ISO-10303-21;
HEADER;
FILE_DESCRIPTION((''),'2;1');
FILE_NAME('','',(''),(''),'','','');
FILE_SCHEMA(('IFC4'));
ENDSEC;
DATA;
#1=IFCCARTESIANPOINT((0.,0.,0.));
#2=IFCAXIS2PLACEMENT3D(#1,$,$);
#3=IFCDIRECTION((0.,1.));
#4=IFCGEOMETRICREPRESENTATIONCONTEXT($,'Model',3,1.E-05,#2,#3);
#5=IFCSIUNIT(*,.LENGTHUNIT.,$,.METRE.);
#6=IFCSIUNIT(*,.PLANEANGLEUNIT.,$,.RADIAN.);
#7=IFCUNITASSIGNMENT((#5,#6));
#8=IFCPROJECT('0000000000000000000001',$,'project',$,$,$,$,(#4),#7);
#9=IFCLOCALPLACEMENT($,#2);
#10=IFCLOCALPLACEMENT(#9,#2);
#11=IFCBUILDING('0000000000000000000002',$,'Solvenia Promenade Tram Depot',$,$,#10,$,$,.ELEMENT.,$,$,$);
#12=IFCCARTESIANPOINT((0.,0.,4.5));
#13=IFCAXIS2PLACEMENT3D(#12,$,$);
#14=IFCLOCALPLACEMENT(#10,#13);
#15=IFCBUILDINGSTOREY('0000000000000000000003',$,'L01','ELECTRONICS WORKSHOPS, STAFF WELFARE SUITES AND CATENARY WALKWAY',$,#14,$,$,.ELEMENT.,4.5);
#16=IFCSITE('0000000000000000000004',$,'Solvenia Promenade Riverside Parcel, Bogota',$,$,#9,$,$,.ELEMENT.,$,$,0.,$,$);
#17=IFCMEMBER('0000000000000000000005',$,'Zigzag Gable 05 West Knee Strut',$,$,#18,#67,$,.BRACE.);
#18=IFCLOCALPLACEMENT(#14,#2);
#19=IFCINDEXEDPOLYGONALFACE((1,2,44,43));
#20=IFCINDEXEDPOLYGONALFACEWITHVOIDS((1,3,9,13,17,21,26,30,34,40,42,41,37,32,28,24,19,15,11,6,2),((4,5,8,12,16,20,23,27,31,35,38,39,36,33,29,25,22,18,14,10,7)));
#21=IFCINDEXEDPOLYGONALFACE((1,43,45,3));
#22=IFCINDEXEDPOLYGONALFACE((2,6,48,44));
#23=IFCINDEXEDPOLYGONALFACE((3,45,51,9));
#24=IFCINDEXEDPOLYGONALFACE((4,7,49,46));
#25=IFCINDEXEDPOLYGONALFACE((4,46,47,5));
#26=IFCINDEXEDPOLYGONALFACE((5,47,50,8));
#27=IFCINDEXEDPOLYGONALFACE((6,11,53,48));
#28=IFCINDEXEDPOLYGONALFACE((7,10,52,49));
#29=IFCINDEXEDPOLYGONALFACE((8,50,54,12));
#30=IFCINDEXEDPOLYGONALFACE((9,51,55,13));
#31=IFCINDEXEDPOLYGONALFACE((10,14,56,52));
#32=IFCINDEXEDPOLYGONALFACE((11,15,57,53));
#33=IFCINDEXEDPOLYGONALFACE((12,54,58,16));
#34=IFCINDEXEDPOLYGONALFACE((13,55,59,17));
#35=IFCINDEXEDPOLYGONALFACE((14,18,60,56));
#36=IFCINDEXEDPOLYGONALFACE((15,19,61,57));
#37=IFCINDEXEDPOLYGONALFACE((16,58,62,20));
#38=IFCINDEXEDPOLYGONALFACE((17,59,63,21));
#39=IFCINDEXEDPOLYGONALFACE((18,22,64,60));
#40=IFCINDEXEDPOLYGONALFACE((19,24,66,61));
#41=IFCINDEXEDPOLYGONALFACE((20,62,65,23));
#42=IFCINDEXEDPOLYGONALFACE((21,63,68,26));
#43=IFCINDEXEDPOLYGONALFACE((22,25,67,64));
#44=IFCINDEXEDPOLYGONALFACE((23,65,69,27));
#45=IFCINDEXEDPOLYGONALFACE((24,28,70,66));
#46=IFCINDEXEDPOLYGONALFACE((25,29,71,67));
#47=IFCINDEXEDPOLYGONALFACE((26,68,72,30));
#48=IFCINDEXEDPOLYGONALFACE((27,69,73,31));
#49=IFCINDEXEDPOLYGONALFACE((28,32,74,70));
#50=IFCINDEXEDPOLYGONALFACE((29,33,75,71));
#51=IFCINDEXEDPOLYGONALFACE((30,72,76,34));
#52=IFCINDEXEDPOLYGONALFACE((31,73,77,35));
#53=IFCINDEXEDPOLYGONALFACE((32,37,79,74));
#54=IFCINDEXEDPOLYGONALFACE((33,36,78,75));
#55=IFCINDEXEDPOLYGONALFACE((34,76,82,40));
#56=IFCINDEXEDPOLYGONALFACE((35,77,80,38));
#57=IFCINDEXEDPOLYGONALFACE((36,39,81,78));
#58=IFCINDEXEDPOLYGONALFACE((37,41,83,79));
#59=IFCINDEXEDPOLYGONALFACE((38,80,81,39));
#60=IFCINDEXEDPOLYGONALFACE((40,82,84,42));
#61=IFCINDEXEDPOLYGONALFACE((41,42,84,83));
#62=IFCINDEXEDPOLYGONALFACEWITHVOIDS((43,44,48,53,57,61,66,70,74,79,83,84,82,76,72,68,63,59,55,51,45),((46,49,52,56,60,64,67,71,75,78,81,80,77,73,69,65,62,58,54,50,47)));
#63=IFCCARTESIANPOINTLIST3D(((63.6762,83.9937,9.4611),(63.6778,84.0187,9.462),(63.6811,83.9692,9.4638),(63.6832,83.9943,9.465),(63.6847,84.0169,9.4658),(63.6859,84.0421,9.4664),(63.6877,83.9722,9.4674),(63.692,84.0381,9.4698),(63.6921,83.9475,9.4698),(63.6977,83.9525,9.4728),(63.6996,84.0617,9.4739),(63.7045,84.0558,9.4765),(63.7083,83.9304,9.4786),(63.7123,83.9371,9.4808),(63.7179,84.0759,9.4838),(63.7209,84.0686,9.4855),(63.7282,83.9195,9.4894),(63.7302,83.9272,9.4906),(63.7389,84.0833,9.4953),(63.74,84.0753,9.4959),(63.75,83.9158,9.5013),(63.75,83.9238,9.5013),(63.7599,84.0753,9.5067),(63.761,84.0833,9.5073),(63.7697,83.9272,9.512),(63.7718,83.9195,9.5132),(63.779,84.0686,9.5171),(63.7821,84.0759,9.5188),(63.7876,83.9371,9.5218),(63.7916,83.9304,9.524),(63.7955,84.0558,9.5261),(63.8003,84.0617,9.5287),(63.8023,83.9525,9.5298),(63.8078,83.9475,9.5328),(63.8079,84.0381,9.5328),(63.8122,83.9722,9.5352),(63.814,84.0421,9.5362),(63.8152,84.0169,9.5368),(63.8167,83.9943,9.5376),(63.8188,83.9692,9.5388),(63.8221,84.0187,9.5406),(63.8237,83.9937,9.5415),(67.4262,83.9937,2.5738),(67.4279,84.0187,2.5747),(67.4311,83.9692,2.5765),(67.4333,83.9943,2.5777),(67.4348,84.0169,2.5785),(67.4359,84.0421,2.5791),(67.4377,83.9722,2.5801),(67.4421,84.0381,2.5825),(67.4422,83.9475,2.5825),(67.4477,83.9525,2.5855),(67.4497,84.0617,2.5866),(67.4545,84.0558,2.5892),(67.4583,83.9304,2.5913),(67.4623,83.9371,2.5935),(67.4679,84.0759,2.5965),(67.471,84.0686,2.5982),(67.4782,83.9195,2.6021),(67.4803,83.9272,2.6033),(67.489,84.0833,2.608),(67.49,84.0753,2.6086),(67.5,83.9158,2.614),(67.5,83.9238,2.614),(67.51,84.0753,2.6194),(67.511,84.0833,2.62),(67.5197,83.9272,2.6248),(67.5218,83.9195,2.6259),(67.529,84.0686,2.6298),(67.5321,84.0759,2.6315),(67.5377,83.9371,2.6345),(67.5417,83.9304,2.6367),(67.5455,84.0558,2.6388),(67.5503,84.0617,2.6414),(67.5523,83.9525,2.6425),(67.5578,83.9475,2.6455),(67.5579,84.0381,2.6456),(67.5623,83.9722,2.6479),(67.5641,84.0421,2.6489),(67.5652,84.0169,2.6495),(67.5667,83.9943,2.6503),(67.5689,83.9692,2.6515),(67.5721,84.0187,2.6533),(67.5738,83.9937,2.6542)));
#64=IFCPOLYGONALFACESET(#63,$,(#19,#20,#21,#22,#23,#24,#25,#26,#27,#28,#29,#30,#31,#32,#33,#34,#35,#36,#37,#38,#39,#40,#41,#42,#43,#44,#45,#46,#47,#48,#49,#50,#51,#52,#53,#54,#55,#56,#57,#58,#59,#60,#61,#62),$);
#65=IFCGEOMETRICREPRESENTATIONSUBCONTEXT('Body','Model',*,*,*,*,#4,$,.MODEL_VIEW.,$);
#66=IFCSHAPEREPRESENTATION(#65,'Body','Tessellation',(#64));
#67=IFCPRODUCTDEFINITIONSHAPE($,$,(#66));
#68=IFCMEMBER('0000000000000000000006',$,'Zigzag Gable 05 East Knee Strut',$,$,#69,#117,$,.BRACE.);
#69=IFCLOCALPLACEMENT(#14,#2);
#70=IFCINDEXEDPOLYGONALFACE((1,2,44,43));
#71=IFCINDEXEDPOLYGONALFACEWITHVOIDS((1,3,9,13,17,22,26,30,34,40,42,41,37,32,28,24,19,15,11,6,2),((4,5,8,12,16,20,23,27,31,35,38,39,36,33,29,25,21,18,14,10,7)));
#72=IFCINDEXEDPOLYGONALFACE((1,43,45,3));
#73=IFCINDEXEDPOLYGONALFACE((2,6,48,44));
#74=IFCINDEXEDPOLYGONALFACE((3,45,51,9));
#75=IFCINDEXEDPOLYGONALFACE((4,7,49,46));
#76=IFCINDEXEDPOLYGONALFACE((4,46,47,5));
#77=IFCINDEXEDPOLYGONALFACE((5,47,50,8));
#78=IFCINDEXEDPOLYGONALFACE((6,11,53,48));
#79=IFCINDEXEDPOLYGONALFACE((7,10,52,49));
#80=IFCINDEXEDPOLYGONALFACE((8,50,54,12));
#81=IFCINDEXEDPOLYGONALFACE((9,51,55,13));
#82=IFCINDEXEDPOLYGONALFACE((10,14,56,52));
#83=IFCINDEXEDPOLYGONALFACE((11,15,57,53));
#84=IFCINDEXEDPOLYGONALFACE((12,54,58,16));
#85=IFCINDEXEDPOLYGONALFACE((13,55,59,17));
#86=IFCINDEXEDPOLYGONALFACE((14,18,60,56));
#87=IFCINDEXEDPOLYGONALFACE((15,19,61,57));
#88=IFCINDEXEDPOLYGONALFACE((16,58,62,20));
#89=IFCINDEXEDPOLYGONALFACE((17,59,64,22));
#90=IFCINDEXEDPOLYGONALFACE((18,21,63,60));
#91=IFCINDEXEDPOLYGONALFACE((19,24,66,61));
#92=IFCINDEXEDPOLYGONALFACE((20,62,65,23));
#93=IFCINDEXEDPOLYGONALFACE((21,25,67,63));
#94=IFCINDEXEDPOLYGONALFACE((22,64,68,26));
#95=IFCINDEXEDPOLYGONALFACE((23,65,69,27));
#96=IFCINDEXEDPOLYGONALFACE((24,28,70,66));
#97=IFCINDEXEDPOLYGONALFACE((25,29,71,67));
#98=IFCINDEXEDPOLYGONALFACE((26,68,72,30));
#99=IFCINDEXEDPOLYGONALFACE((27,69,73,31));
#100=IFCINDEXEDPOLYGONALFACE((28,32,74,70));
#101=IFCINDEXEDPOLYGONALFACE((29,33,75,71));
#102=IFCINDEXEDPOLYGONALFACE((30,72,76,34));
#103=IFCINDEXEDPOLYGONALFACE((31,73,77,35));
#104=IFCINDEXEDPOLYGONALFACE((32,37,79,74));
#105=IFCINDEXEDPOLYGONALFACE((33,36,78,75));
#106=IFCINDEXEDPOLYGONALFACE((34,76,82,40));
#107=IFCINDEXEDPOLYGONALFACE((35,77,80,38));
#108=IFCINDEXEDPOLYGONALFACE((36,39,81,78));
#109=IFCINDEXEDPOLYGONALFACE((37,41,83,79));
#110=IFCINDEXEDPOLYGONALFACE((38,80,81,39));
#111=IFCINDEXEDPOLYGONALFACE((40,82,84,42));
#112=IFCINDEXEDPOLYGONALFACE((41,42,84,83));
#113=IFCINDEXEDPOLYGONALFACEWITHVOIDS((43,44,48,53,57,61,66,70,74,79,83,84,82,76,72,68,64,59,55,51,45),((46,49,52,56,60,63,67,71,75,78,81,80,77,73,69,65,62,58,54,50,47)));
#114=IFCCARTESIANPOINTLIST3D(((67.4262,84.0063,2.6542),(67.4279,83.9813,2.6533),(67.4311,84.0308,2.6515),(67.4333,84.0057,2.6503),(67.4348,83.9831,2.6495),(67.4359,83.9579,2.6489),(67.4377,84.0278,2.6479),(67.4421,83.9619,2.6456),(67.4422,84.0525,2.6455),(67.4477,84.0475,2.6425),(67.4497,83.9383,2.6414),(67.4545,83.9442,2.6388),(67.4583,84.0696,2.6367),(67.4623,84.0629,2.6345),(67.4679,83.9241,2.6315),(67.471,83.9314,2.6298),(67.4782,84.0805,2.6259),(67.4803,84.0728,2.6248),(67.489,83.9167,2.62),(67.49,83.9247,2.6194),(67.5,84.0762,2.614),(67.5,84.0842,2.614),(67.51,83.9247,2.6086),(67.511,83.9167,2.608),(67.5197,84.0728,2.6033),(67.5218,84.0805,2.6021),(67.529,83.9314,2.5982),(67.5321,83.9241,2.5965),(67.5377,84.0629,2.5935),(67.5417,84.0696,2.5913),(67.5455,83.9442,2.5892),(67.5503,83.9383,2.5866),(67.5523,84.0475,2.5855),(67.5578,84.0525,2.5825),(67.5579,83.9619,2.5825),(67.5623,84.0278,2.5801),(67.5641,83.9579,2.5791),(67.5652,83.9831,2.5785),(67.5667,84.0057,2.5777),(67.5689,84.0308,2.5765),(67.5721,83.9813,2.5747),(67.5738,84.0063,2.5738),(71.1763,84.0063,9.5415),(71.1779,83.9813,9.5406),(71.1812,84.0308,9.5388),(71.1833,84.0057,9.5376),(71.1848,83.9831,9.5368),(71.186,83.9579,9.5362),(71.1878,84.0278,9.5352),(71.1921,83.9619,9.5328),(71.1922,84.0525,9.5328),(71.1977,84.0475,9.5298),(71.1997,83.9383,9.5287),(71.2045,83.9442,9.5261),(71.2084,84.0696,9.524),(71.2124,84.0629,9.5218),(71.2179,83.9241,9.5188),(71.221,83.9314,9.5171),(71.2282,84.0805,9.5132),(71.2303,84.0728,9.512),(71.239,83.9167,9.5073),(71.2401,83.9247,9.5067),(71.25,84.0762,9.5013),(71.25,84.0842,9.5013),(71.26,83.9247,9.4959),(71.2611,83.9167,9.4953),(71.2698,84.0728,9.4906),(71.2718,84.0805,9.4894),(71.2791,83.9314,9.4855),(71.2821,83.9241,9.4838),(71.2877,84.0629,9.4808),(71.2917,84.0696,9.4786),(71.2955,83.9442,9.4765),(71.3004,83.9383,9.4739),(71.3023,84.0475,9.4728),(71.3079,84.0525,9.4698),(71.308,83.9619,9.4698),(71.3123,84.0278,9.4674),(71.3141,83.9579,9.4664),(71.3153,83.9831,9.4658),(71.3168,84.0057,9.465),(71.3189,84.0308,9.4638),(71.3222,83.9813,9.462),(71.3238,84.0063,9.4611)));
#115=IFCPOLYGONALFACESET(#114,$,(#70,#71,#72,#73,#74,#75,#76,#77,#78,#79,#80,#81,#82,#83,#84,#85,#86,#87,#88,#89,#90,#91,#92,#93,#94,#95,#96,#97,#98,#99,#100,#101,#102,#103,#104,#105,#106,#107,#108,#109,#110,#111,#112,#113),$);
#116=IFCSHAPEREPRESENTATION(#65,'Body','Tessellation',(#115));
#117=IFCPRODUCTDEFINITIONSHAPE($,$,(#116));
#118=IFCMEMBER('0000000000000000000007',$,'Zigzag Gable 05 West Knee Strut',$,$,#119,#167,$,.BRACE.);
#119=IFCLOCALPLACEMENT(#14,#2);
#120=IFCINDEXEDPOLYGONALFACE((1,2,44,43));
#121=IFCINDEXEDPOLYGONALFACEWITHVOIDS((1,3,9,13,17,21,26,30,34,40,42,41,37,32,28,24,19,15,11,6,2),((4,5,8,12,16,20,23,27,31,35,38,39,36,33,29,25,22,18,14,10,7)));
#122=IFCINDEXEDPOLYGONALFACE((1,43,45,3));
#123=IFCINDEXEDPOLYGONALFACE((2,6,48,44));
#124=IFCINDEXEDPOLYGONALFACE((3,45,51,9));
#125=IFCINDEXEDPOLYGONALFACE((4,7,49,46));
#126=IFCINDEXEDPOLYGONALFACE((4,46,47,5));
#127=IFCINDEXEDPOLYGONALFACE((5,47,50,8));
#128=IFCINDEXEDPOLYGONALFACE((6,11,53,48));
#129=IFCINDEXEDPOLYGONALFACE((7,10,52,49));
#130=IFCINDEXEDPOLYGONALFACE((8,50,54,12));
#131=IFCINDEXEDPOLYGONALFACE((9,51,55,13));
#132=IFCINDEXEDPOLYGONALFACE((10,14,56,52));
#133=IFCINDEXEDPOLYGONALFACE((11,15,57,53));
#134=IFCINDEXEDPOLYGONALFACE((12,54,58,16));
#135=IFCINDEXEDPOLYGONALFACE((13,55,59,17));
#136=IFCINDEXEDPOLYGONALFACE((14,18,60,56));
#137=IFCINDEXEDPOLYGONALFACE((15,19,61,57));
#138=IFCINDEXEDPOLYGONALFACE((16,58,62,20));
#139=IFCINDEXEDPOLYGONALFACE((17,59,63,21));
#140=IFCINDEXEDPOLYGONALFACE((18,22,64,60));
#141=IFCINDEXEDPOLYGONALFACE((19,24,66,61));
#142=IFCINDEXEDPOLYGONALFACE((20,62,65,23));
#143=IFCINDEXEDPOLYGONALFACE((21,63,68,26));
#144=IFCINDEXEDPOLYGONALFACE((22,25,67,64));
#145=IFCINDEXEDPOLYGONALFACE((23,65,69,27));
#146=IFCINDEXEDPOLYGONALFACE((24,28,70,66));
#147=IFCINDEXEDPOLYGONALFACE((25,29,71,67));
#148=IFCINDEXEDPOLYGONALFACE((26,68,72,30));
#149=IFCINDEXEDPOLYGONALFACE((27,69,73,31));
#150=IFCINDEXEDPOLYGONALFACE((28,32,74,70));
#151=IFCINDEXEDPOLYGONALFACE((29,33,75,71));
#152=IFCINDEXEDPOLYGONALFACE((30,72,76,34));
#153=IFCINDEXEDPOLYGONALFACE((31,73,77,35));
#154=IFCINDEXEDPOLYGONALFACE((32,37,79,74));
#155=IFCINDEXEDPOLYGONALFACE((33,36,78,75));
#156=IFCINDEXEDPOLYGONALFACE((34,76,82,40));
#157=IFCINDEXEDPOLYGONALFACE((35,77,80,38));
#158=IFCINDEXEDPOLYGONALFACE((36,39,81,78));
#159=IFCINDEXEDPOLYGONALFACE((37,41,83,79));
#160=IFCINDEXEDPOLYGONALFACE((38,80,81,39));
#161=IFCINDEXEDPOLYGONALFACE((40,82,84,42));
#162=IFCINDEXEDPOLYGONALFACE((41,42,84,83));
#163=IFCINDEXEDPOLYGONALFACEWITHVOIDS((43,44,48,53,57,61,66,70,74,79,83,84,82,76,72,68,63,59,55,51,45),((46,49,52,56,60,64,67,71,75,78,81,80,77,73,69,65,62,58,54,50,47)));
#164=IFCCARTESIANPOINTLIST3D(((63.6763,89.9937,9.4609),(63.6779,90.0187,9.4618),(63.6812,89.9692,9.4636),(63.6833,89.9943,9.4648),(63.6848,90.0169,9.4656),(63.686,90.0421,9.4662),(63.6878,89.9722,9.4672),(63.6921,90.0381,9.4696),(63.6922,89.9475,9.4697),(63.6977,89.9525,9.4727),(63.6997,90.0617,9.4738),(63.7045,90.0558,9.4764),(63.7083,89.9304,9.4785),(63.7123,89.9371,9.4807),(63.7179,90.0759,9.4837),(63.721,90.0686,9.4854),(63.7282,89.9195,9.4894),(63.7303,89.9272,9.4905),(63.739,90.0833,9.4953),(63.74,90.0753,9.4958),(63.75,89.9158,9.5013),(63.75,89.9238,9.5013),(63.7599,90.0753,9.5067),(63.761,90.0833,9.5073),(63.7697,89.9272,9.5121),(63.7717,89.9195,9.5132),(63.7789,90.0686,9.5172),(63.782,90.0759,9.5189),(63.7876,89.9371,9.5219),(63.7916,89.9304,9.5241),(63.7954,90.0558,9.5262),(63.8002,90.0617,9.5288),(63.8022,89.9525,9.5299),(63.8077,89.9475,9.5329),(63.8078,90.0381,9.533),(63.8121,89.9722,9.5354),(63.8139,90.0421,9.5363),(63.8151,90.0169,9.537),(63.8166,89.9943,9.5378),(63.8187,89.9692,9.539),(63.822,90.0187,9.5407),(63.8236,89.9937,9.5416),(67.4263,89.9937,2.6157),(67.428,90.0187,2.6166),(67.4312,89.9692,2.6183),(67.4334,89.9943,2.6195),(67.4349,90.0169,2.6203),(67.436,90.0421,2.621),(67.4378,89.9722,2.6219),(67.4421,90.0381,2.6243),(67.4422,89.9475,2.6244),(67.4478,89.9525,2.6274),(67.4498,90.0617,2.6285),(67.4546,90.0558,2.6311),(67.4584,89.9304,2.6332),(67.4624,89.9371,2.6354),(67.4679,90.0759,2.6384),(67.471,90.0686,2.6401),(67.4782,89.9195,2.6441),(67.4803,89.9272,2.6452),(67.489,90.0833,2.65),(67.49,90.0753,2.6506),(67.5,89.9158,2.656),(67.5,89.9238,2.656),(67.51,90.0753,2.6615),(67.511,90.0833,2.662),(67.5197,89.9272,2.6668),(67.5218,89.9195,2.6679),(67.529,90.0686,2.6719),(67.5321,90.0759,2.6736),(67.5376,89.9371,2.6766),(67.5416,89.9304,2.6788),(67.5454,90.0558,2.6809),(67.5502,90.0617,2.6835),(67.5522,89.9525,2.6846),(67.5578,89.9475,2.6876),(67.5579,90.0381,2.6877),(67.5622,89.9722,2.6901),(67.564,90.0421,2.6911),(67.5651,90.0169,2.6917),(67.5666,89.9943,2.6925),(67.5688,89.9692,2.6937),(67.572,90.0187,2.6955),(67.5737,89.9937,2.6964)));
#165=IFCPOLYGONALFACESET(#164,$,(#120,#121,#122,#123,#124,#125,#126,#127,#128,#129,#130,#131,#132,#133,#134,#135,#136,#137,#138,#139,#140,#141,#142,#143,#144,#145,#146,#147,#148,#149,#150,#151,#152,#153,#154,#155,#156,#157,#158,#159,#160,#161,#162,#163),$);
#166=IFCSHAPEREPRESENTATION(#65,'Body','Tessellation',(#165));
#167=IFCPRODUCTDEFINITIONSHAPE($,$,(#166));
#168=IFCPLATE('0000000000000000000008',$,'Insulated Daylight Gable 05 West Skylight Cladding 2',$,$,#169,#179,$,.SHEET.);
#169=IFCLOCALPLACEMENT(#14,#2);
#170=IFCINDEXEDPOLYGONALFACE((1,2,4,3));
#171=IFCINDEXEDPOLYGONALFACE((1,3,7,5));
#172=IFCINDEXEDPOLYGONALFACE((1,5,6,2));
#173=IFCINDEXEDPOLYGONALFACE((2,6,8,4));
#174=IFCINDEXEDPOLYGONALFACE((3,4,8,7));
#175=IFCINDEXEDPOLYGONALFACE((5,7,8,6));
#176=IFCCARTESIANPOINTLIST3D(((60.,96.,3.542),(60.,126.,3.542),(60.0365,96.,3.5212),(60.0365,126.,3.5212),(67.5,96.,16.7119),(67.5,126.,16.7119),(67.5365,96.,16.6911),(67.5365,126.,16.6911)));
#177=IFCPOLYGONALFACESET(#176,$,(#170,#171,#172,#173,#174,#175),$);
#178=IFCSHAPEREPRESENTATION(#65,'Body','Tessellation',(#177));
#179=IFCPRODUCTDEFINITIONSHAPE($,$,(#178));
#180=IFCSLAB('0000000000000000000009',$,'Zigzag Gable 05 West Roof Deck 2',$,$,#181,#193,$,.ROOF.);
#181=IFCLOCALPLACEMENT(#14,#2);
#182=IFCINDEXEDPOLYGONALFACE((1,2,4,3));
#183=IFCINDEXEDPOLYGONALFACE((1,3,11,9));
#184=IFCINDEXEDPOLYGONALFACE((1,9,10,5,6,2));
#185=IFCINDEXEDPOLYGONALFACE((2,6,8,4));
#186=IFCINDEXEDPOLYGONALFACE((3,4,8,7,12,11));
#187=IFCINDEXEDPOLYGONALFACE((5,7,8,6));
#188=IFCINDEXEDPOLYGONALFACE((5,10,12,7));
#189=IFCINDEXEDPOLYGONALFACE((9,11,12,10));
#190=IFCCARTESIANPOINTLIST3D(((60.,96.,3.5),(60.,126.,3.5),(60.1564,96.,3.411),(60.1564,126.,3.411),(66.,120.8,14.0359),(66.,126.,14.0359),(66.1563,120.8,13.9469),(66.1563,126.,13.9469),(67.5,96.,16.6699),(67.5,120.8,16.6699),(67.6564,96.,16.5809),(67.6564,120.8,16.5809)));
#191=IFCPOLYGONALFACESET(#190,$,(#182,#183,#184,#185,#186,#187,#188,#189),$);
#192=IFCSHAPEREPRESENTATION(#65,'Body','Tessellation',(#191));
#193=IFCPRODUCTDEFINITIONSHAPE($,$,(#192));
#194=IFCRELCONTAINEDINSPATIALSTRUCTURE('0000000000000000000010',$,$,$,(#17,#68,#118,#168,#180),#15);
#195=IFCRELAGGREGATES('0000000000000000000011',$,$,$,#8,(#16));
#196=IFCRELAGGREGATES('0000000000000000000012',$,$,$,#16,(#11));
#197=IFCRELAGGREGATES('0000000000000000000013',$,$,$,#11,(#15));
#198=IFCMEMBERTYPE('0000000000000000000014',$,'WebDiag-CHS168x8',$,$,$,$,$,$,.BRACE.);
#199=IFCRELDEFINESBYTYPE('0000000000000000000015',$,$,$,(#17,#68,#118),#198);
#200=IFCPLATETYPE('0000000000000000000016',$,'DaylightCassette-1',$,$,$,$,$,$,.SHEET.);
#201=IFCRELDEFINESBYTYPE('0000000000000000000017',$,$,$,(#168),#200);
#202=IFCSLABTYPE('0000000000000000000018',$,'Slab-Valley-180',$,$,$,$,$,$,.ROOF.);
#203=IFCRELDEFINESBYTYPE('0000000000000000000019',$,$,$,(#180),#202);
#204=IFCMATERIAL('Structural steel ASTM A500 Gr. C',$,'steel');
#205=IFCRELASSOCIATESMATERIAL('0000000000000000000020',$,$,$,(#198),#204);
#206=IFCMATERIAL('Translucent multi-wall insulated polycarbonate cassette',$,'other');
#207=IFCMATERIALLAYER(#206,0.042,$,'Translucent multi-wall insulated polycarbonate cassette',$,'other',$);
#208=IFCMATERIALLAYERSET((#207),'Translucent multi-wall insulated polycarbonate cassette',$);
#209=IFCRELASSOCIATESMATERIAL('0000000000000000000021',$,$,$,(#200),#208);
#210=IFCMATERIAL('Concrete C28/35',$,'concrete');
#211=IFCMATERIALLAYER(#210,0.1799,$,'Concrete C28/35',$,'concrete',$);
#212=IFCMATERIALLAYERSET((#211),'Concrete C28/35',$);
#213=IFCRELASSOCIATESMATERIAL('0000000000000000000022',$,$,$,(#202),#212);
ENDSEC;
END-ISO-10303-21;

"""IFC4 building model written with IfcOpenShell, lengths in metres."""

from ifc_helpers import new_model, si_unit, direction, frame, origin, origin_2d, place, context, subcontext, project, spatial, polyline, hollow_circle, outline, extrude, material, layer, layer_set, material_profile, profile_set, type_object, element, save


model = new_model("IFC4")

# Units and contexts
model_context = context("Model", 3, precision=1e-05, world=origin(), true_north=direction((0.0, 1.0)))
body_context = subcontext(model_context, "Body", "Model", "MODEL_VIEW")
ifc_project = project(units=[si_unit("LENGTHUNIT", "METRE"), si_unit("PLANEANGLEUNIT", "RADIAN")], contexts=[model_context])

# Site, building, storey
site_placement = place(None, origin())
site = spatial("IfcSite", under=ifc_project, at=site_placement, Name="Solvenia Promenade Riverside Parcel, Bogota", CompositionType="ELEMENT", RefElevation=0.0)
building_placement = place(site_placement, origin())
building = spatial("IfcBuilding", under=site, at=building_placement, Name="Solvenia Promenade Tram Depot", CompositionType="ELEMENT")
storey_placement = place(building_placement, frame((0.0, 0.0, 4.5)))
storey = spatial("IfcBuildingStorey", under=building, at=storey_placement, Name="L01", Description="ELECTRONICS WORKSHOPS, STAFF WELFARE SUITES AND CATENARY WALKWAY", CompositionType="ELEMENT", Elevation=4.5)

# Shared definitions
ifc_material_1 = material(Name="Structural steel ASTM A500 Gr. C", Category="steel")

# Members
ifc_material_profile_1 = material_profile(ifc_material_1, hollow_circle(Radius=0.0842, WallThickness=0.0081, at=origin_2d()), Name="CHS168.3x8", Category="steel")
ifc_profile_set_1 = profile_set([ifc_material_profile_1], Name="Structural steel ASTM A500 Gr. C")
member_type_1 = type_object("IfcMemberType", Name="WebDiag-CHS168x8", PredefinedType="BRACE", material=ifc_profile_set_1)
for number, where, z_axis, x_axis, name in (
    (1, (67.5, 84.0, 2.614), (-0.478198, 0.0, 0.878252), (0.0, -1.0, 0.0), "Zigzag Gable 05 West Knee Strut"),
    (2, (67.5, 84.0, 2.614), (0.478198, 0.0, 0.878252), (0.0, 1.0, 0.0), "Zigzag Gable 05 East Knee Strut"),
):
    element("IfcMember", number, at=place(storey_placement, frame(where, z_axis=z_axis, x_axis=x_axis)), inside=storey, type_object=member_type_1, Name=name, PredefinedType="BRACE", context=body_context, shape_type="SweptSolid", body=[
        extrude(hollow_circle(Radius=0.0842, WallThickness=0.0081, at=origin_2d()), origin(), (0.0, 0.0, 1.0), 7.842),
    ])
member_1_placement = place(storey_placement, frame((67.5, 90.0, 2.656), z_axis=(-0.480456, 0.0, 0.877019), x_axis=(0.0, -1.0, 0.0)))
element("IfcMember", 3, at=member_1_placement, inside=storey, type_object=member_type_1, Name="Zigzag Gable 05 West Knee Strut", PredefinedType="BRACE", context=body_context, shape_type="SweptSolid", body=[
    extrude(hollow_circle(Radius=0.0842, WallThickness=0.0081, at=origin_2d()), origin(), (0.0, 0.0, 1.0), 7.8052),
])

# Plate
ifc_material_2 = material(Name="Translucent multi-wall insulated polycarbonate cassette", Category="other")
ifc_layer_1 = layer(ifc_material_2, 0.042, Name="Translucent multi-wall insulated polycarbonate cassette", Category="other")
ifc_layer_set_1 = layer_set([ifc_layer_1], Name="Translucent multi-wall insulated polycarbonate cassette")
plate_type = type_object("IfcPlateType", Name="DaylightCassette-1", PredefinedType="SHEET", material=ifc_layer_set_1)
plate_placement = place(storey_placement, frame((60.0, 96.0, 3.542), z_axis=(-0.868972, 0.0, 0.494862), x_axis=(0.0, 1.0, 0.0)))
element("IfcPlate", 4, at=plate_placement, inside=storey, type_object=plate_type, Name="Insulated Daylight Gable 05 West Skylight Cladding 2", PredefinedType="SHEET", context=body_context, shape_type="SweptSolid", body=[
    extrude(outline(polyline([(0.0, 0.0), (30.0, 0.0), (30.0, -15.1558), (0.0, -15.1558), (0.0, 0.0)])), origin(), (0.0, 0.0, -1.0), 0.042),
])

# Slab
ifc_material_3 = material(Name="Concrete C28/35", Category="concrete")
ifc_layer_2 = layer(ifc_material_3, 0.1799, Name="Concrete C28/35", Category="concrete")
ifc_layer_set_2 = layer_set([ifc_layer_2], Name="Concrete C28/35")
slab_type = type_object("IfcSlabType", Name="Slab-Valley-180", PredefinedType="ROOF", material=ifc_layer_set_2)
slab_placement = place(storey_placement, frame((60.0, 96.0, 3.5), z_axis=(-0.868972, 0.0, 0.494862), x_axis=(0.0, 1.0, 0.0)))
element("IfcSlab", 5, at=slab_placement, inside=storey, type_object=slab_type, Name="Zigzag Gable 05 West Roof Deck 2", PredefinedType="ROOF", context=body_context, shape_type="SweptSolid", body=[
    extrude(outline(polyline([(0.0, 0.0), (30.0, 0.0), (30.0, -12.1246), (24.8, -12.1246), (24.8, -15.1558), (0.0, -15.1558), (0.0, 0.0)])), origin(), (0.0, 0.0, -1.0), 0.1799),
])

save(model, "model.ifc")
